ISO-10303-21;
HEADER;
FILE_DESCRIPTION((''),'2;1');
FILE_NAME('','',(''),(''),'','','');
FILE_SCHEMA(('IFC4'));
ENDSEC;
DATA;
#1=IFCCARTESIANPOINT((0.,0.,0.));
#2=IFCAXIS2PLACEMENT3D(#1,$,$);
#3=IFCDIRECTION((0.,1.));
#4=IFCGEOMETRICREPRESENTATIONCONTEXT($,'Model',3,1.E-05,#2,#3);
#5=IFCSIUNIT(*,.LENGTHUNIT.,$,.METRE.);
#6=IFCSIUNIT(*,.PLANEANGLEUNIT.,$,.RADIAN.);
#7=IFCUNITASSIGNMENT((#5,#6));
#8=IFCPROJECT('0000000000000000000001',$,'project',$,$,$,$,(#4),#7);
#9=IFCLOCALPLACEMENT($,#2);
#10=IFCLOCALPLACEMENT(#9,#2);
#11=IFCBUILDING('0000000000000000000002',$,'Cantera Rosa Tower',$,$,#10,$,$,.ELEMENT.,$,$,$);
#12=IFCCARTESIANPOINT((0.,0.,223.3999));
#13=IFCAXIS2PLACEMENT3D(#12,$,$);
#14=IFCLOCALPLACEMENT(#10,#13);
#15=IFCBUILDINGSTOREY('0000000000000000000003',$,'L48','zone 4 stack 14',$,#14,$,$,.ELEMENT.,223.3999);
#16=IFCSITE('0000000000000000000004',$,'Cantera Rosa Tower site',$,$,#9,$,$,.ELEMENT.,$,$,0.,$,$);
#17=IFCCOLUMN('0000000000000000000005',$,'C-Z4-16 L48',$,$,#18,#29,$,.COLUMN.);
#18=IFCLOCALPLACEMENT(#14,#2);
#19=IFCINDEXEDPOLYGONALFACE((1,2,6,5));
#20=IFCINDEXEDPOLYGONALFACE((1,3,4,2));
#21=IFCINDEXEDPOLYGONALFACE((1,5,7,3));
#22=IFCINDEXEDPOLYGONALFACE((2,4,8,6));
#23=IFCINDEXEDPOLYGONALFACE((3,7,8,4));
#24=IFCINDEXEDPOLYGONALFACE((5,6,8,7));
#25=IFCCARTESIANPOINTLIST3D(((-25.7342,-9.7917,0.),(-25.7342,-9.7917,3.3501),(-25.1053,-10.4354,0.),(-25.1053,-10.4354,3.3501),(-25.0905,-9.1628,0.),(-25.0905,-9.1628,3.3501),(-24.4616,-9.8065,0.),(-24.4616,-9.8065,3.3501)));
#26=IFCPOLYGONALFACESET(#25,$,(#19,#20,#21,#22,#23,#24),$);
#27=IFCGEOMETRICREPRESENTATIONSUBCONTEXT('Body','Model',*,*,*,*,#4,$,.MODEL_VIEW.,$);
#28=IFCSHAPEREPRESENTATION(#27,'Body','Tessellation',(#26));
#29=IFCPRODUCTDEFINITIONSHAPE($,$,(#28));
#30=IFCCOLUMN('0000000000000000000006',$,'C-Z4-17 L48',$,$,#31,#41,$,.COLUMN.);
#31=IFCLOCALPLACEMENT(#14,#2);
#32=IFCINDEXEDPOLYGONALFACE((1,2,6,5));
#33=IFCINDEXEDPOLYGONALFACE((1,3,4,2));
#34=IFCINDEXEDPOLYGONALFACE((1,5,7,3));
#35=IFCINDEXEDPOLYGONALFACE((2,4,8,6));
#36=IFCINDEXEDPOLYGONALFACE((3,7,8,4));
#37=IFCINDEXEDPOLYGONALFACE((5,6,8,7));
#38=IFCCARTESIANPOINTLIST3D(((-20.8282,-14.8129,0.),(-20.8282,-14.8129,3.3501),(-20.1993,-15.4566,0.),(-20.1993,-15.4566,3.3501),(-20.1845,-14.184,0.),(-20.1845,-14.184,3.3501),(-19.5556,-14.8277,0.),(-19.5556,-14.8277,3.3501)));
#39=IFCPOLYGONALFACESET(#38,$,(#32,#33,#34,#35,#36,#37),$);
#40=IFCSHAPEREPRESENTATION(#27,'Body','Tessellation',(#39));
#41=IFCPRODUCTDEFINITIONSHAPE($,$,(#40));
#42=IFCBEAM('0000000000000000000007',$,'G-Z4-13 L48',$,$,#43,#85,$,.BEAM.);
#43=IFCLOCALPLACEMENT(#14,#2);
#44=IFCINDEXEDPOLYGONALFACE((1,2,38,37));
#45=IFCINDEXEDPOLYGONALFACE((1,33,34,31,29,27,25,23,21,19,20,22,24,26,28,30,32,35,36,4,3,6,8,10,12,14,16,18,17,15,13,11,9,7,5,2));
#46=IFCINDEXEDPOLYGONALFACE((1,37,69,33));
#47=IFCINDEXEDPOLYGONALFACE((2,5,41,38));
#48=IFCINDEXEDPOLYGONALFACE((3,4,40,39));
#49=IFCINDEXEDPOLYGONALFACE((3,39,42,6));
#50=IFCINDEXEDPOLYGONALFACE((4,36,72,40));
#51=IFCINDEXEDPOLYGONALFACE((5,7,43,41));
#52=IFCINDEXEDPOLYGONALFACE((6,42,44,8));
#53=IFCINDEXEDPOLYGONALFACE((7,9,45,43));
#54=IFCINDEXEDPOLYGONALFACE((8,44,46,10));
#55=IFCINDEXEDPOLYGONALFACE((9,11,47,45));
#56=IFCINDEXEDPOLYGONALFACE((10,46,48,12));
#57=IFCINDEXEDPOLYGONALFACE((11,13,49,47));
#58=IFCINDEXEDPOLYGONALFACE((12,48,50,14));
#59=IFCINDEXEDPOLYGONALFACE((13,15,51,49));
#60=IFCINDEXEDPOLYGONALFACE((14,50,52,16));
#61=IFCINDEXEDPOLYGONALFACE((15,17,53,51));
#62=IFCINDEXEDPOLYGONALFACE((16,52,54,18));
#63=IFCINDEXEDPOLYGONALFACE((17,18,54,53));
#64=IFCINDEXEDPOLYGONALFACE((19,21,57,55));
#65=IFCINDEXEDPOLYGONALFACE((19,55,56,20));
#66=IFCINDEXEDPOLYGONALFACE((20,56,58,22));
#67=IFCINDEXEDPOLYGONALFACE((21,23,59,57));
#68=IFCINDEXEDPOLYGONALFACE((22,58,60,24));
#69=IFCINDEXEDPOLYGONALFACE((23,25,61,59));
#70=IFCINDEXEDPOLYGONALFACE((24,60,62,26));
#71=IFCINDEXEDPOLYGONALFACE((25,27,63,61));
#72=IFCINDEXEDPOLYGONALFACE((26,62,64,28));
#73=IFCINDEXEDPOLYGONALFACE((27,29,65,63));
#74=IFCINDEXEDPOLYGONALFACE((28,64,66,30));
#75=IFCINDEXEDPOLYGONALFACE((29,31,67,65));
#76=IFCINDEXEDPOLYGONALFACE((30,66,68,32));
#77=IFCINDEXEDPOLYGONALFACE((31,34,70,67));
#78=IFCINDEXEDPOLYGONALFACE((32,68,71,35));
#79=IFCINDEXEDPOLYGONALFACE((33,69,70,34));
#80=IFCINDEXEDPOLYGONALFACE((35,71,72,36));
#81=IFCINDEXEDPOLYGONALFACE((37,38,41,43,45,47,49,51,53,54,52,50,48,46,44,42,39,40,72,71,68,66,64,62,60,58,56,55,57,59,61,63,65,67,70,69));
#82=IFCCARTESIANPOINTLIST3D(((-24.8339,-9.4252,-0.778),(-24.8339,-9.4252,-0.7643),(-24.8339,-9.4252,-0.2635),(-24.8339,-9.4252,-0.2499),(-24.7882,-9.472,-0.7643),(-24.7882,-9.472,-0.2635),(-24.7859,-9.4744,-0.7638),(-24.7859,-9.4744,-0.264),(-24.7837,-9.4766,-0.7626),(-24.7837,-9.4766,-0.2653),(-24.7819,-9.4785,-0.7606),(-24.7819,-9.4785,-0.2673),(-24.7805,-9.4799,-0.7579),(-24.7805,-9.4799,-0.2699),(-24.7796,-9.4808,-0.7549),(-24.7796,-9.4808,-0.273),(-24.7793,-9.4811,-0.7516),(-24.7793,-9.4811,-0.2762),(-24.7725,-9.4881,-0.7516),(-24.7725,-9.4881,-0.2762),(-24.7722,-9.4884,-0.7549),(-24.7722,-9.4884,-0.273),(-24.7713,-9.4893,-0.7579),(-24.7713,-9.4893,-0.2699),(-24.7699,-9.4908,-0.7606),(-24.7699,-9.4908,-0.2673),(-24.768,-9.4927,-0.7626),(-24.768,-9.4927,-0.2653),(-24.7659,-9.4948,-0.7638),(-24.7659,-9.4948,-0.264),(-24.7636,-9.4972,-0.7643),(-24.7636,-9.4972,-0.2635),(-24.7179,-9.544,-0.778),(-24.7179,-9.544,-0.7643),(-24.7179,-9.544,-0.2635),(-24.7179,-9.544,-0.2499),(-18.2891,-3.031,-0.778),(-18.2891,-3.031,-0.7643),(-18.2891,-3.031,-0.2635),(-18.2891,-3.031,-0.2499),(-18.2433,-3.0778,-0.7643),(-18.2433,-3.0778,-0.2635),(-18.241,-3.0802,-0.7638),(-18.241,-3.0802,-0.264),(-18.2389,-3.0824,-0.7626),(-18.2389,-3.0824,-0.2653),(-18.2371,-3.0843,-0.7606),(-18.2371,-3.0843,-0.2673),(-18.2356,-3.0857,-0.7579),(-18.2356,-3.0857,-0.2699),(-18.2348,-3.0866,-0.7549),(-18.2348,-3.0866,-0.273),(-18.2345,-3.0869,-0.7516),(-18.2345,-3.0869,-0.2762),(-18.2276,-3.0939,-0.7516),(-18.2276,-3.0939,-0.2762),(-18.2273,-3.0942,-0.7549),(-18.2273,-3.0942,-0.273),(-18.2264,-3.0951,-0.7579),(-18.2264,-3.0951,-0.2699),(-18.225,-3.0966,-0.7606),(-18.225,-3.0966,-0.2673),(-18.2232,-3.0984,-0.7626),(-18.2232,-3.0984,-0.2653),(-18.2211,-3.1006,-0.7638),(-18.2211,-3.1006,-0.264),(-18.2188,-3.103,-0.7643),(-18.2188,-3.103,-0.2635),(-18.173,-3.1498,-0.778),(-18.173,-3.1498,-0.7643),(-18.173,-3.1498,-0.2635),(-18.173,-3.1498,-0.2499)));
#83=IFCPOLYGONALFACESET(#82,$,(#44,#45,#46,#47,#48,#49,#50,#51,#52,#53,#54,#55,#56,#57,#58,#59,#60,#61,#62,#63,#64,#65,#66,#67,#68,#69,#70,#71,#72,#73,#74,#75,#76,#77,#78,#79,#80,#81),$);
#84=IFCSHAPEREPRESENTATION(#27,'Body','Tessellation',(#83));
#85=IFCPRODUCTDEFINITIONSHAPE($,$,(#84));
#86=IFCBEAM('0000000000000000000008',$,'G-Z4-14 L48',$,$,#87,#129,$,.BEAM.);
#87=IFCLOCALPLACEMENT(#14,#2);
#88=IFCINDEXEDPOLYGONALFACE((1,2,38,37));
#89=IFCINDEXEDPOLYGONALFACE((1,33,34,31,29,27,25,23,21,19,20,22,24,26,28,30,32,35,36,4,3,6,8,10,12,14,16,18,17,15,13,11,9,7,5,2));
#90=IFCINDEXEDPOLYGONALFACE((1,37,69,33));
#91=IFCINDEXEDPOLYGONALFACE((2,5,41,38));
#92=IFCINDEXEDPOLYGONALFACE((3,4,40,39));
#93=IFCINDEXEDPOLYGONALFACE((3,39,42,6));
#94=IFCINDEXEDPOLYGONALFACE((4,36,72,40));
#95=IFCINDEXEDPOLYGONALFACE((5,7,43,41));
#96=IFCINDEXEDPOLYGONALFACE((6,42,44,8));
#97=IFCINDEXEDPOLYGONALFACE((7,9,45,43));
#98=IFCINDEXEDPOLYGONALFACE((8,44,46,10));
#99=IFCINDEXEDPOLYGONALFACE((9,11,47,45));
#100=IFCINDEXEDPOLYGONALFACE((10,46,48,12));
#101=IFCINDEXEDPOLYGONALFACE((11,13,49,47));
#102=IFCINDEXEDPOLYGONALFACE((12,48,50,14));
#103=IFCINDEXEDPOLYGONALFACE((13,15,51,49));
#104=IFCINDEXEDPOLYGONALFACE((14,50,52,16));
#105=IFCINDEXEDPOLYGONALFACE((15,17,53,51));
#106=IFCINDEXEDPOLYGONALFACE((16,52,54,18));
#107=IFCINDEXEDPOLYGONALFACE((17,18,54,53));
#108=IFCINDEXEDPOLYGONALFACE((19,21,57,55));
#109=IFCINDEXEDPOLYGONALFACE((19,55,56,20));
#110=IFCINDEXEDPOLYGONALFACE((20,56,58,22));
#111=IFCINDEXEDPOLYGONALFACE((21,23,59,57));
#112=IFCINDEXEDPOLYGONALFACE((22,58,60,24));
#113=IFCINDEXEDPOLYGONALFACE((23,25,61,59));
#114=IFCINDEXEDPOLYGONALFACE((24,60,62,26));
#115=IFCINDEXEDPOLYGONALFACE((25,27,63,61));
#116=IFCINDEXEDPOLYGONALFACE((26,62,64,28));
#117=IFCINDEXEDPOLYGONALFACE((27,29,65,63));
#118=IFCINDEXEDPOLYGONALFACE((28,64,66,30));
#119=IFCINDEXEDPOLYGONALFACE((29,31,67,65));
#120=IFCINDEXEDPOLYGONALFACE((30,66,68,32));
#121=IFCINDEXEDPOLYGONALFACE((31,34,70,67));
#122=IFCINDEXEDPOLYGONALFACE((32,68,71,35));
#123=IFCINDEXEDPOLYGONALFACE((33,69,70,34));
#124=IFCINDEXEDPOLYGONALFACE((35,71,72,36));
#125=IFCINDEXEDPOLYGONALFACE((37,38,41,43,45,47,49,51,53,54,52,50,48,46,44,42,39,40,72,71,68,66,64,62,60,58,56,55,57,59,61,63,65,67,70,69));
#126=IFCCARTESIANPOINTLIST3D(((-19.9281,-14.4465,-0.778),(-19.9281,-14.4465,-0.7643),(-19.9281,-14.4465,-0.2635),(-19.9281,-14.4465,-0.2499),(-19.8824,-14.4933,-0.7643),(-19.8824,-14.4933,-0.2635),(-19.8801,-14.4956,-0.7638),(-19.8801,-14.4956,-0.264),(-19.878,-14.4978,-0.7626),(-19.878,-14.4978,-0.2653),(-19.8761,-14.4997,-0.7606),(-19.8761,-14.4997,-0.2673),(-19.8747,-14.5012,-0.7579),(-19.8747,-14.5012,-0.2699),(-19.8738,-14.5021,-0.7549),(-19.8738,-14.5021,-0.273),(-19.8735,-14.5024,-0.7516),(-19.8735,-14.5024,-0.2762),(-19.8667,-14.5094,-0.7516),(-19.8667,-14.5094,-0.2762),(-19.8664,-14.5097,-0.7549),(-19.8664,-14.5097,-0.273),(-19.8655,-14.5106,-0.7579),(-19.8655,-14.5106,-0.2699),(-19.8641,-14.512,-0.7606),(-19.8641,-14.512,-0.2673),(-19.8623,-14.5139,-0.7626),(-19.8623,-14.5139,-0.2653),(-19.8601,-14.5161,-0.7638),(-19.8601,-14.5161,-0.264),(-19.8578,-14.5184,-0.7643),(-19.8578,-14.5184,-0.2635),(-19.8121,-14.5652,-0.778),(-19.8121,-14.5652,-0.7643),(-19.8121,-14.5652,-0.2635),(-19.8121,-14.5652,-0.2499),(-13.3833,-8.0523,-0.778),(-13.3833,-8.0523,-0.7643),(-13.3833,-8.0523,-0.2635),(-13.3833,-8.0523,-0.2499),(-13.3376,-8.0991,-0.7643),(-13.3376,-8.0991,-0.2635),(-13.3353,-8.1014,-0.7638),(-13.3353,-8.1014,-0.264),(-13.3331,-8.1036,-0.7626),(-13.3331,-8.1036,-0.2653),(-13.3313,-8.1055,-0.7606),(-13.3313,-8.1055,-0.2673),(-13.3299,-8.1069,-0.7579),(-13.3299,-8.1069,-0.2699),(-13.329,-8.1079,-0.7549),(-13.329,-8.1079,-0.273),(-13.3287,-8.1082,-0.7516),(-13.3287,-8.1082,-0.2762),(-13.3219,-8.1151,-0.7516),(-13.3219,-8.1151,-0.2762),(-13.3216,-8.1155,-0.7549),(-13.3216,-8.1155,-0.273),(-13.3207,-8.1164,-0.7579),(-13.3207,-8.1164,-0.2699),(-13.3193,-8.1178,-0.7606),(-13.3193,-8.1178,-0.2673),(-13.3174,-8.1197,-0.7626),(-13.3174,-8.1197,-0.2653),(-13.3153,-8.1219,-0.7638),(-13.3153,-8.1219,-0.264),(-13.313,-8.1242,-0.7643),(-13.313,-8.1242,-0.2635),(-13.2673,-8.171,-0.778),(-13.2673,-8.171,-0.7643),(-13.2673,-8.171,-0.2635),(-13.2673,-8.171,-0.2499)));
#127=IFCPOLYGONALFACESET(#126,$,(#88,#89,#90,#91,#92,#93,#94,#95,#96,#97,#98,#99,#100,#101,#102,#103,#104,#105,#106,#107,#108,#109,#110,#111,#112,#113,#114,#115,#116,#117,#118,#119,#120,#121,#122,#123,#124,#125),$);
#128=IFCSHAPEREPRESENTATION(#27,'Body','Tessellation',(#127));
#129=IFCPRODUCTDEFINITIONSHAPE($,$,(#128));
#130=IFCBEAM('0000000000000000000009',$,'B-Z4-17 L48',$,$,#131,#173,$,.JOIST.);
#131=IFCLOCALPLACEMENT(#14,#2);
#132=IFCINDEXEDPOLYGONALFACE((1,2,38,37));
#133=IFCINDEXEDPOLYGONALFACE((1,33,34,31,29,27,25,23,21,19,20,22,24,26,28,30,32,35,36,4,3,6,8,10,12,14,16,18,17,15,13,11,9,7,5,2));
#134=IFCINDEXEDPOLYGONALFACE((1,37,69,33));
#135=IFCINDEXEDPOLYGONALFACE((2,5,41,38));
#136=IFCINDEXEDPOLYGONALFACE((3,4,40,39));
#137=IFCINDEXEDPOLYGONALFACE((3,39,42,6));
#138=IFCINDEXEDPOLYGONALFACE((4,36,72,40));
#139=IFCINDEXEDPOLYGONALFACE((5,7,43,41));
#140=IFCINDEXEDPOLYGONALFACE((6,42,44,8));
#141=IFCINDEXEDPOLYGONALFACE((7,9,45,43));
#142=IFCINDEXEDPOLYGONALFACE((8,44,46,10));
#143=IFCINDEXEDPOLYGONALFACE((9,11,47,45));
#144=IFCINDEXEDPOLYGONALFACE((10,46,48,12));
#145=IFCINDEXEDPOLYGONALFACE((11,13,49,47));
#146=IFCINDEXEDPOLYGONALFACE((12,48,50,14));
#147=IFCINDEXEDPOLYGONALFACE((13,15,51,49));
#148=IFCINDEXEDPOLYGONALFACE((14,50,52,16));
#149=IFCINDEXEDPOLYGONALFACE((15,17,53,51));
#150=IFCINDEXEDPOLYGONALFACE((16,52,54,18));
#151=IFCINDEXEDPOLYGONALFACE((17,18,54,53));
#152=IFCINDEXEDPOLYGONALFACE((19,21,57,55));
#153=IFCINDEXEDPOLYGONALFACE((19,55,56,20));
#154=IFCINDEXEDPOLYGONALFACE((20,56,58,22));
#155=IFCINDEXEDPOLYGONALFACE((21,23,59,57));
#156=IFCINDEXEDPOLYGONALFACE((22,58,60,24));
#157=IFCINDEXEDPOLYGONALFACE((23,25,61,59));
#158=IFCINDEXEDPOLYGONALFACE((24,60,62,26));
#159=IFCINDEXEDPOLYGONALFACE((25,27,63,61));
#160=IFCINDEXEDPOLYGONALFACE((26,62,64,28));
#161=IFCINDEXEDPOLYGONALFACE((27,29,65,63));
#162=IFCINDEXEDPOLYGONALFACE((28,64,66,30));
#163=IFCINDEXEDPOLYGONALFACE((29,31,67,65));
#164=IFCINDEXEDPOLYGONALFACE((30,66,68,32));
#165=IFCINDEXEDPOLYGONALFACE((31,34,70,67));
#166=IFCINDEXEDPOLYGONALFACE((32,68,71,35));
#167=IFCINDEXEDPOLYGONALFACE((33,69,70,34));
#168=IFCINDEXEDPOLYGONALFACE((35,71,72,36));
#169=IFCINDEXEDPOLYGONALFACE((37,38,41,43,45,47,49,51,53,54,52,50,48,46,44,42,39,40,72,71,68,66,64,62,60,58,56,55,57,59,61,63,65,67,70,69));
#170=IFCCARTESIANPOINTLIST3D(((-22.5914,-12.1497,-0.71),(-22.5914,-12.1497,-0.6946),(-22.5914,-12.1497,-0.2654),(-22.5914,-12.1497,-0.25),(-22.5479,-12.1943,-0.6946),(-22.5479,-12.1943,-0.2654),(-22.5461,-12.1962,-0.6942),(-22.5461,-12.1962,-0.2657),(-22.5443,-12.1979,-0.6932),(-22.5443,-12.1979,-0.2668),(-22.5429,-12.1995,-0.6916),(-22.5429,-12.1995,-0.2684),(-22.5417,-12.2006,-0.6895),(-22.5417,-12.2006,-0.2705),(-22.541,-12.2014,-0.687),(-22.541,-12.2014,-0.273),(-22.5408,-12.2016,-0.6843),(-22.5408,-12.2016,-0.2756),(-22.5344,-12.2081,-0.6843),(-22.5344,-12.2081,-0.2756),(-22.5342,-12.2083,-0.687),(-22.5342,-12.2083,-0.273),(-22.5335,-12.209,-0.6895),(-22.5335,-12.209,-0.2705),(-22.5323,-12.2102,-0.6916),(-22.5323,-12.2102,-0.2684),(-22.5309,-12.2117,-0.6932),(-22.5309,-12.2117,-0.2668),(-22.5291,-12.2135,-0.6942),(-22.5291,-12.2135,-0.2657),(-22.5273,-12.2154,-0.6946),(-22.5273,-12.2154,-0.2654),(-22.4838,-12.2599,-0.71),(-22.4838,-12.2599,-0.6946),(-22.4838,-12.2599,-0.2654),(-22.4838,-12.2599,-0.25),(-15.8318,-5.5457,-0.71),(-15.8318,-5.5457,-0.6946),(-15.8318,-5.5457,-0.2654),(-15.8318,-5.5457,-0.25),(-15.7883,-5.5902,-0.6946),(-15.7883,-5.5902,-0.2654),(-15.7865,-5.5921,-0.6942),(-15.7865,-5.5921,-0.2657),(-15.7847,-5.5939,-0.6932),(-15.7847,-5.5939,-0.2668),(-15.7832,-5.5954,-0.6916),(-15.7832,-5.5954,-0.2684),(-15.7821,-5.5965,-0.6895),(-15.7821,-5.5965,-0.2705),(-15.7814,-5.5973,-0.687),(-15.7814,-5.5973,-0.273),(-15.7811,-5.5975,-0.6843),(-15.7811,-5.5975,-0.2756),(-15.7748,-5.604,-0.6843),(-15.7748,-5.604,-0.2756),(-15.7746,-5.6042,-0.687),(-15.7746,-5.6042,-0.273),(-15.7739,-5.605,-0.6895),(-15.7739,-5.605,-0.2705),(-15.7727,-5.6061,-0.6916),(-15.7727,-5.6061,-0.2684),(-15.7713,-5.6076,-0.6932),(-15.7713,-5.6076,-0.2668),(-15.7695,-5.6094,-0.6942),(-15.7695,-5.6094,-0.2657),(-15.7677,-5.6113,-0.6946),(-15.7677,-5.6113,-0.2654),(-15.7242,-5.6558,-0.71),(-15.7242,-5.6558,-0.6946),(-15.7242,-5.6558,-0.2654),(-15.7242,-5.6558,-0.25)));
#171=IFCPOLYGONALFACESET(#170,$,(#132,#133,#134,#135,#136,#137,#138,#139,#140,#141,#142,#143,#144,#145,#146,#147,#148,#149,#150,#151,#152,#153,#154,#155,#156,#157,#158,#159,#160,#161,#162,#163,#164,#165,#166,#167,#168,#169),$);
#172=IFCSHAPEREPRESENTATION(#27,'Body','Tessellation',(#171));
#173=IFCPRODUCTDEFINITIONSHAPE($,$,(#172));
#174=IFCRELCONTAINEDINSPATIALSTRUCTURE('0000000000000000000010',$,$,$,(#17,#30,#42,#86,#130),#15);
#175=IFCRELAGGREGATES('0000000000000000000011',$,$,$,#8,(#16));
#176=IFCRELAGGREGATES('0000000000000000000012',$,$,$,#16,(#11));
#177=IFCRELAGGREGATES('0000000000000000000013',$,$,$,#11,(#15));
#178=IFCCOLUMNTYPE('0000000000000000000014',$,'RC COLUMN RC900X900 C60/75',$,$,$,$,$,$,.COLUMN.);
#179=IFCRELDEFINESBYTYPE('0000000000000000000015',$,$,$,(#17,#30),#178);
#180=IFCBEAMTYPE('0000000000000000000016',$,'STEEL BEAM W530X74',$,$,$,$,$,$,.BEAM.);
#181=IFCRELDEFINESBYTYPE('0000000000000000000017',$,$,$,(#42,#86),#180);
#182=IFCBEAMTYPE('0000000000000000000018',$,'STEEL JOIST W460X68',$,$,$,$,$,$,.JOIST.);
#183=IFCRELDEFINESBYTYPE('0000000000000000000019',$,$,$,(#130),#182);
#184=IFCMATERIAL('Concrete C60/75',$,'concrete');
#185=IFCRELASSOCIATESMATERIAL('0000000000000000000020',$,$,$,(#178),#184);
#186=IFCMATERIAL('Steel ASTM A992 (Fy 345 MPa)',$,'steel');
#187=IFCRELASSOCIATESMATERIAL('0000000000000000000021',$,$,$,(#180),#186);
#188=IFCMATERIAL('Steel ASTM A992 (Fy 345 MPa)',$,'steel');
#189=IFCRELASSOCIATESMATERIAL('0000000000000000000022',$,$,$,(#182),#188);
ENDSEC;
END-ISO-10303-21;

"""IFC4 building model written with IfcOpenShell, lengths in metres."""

from ifc_helpers import new_model, si_unit, direction, frame, origin, origin_2d, place, context, subcontext, project, spatial, rectangle, i_section, extrude, material, material_profile, profile_set, type_object, element, save


model = new_model("IFC4")

# Units and contexts
model_context = context("Model", 3, precision=1e-05, world=origin(), true_north=direction((0.0, 1.0)))
body_context = subcontext(model_context, "Body", "Model", "MODEL_VIEW")
ifc_project = project(units=[si_unit("LENGTHUNIT", "METRE"), si_unit("PLANEANGLEUNIT", "RADIAN")], contexts=[model_context])

# Site, building, storey
site_placement = place(None, origin())
site = spatial("IfcSite", under=ifc_project, at=site_placement, Name="Cantera Rosa Tower site", CompositionType="ELEMENT", RefElevation=0.0)
building_placement = place(site_placement, origin())
building = spatial("IfcBuilding", under=site, at=building_placement, Name="Cantera Rosa Tower", CompositionType="ELEMENT")
storey_placement = place(building_placement, frame((0.0, 0.0, 223.3999)))
storey = spatial("IfcBuildingStorey", under=building, at=storey_placement, Name="L48", Description="zone 4 stack 14", CompositionType="ELEMENT", Elevation=223.3999)

# Columns
ifc_material_1 = material(Name="Concrete C60/75", Category="concrete")
ifc_material_profile_1 = material_profile(ifc_material_1, rectangle(XDim=0.8999, YDim=0.8999, at=origin_2d()), Name="RC COLUMN RC900X900 C60/75")
ifc_profile_set_1 = profile_set([ifc_material_profile_1], Name="Concrete C60/75")
column_type = type_object("IfcColumnType", Name="RC COLUMN RC900X900 C60/75", PredefinedType="COLUMN", material=ifc_profile_set_1)
for number, where, z_axis, x_axis, name in (
    (1, (-25.0979, -9.7991, 0.0), (0.0, 0.0, 1.0), (0.715286, 0.698832, 0.0), "C-Z4-16 L48"),
    (2, (-20.1919, -14.8203, 0.0), (0.0, 0.0, 1.0), (0.715286, 0.698832, 0.0), "C-Z4-17 L48"),
):
    element("IfcColumn", number, at=place(storey_placement, frame(where, z_axis=z_axis, x_axis=x_axis)), inside=storey, type_object=column_type, Name=name, PredefinedType="COLUMN", context=body_context, shape_type="SweptSolid", body=[
        extrude(rectangle(XDim=0.8999, YDim=0.8999, at=origin_2d()), origin(), (0.0, 0.0, 1.0), 3.3501),
    ])

# Beams
ifc_material_2 = material(Name="Steel ASTM A992 (Fy 345 MPa)", Category="steel")
ifc_material_profile_2 = material_profile(ifc_material_2, i_section(OverallWidth=0.166, OverallDepth=0.5281, WebThickness=0.0098, FlangeThickness=0.0137, FilletRadius=0.0127, at=origin_2d()), Name="W530X74")
ifc_profile_set_2 = profile_set([ifc_material_profile_2], Name="Steel ASTM A992 (Fy 345 MPa)")
beam_type_1 = type_object("IfcBeamType", Name="STEEL BEAM W530X74", PredefinedType="BEAM", material=ifc_profile_set_2)
for number, where, z_axis, x_axis, name in (
    (3, (-24.7759, -9.4846, -0.5139), (0.71529, 0.698827, 0.0), (-0.698827, 0.71529, 0.0), "G-Z4-13 L48"),
    (4, (-19.8701, -14.5059, -0.5139), (0.71529, 0.698827, 0.0), (-0.698827, 0.71529, 0.0), "G-Z4-14 L48"),
):
    element("IfcBeam", number, at=place(storey_placement, frame(where, z_axis=z_axis, x_axis=x_axis)), inside=storey, type_object=beam_type_1, Name=name, PredefinedType="BEAM", context=body_context, shape_type="SweptSolid", body=[
        extrude(i_section(OverallWidth=0.166, OverallDepth=0.5281, WebThickness=0.0098, FlangeThickness=0.0137, FilletRadius=0.0127, at=origin_2d()), origin(), (0.0, 0.0, 1.0), 9.1499),
    ])
ifc_material_3 = material(Name="Steel ASTM A992 (Fy 345 MPa)", Category="steel")
ifc_material_profile_3 = material_profile(ifc_material_3, i_section(OverallWidth=0.1541, OverallDepth=0.46, WebThickness=0.009, FlangeThickness=0.0154, FilletRadius=0.0103, at=origin_2d()), Name="W460X68")
ifc_profile_set_3 = profile_set([ifc_material_profile_3], Name="Steel ASTM A992 (Fy 345 MPa)")
beam_type_2 = type_object("IfcBeamType", Name="STEEL JOIST W460X68", PredefinedType="JOIST", material=ifc_profile_set_3)
beam_1_placement = place(storey_placement, frame((-22.5376, -12.2048, -0.48), z_axis=(0.715287, 0.698831, 0.0), x_axis=(-0.698831, 0.715287, 0.0)))
element("IfcBeam", 5, at=beam_1_placement, inside=storey, type_object=beam_type_2, Name="B-Z4-17 L48", PredefinedType="JOIST", context=body_context, shape_type="SweptSolid", body=[
    extrude(i_section(OverallWidth=0.1541, OverallDepth=0.46, WebThickness=0.009, FlangeThickness=0.0154, FilletRadius=0.0103, at=origin_2d()), origin(), (0.0, 0.0, 1.0), 9.4502),
])

save(model, "model.ifc")
